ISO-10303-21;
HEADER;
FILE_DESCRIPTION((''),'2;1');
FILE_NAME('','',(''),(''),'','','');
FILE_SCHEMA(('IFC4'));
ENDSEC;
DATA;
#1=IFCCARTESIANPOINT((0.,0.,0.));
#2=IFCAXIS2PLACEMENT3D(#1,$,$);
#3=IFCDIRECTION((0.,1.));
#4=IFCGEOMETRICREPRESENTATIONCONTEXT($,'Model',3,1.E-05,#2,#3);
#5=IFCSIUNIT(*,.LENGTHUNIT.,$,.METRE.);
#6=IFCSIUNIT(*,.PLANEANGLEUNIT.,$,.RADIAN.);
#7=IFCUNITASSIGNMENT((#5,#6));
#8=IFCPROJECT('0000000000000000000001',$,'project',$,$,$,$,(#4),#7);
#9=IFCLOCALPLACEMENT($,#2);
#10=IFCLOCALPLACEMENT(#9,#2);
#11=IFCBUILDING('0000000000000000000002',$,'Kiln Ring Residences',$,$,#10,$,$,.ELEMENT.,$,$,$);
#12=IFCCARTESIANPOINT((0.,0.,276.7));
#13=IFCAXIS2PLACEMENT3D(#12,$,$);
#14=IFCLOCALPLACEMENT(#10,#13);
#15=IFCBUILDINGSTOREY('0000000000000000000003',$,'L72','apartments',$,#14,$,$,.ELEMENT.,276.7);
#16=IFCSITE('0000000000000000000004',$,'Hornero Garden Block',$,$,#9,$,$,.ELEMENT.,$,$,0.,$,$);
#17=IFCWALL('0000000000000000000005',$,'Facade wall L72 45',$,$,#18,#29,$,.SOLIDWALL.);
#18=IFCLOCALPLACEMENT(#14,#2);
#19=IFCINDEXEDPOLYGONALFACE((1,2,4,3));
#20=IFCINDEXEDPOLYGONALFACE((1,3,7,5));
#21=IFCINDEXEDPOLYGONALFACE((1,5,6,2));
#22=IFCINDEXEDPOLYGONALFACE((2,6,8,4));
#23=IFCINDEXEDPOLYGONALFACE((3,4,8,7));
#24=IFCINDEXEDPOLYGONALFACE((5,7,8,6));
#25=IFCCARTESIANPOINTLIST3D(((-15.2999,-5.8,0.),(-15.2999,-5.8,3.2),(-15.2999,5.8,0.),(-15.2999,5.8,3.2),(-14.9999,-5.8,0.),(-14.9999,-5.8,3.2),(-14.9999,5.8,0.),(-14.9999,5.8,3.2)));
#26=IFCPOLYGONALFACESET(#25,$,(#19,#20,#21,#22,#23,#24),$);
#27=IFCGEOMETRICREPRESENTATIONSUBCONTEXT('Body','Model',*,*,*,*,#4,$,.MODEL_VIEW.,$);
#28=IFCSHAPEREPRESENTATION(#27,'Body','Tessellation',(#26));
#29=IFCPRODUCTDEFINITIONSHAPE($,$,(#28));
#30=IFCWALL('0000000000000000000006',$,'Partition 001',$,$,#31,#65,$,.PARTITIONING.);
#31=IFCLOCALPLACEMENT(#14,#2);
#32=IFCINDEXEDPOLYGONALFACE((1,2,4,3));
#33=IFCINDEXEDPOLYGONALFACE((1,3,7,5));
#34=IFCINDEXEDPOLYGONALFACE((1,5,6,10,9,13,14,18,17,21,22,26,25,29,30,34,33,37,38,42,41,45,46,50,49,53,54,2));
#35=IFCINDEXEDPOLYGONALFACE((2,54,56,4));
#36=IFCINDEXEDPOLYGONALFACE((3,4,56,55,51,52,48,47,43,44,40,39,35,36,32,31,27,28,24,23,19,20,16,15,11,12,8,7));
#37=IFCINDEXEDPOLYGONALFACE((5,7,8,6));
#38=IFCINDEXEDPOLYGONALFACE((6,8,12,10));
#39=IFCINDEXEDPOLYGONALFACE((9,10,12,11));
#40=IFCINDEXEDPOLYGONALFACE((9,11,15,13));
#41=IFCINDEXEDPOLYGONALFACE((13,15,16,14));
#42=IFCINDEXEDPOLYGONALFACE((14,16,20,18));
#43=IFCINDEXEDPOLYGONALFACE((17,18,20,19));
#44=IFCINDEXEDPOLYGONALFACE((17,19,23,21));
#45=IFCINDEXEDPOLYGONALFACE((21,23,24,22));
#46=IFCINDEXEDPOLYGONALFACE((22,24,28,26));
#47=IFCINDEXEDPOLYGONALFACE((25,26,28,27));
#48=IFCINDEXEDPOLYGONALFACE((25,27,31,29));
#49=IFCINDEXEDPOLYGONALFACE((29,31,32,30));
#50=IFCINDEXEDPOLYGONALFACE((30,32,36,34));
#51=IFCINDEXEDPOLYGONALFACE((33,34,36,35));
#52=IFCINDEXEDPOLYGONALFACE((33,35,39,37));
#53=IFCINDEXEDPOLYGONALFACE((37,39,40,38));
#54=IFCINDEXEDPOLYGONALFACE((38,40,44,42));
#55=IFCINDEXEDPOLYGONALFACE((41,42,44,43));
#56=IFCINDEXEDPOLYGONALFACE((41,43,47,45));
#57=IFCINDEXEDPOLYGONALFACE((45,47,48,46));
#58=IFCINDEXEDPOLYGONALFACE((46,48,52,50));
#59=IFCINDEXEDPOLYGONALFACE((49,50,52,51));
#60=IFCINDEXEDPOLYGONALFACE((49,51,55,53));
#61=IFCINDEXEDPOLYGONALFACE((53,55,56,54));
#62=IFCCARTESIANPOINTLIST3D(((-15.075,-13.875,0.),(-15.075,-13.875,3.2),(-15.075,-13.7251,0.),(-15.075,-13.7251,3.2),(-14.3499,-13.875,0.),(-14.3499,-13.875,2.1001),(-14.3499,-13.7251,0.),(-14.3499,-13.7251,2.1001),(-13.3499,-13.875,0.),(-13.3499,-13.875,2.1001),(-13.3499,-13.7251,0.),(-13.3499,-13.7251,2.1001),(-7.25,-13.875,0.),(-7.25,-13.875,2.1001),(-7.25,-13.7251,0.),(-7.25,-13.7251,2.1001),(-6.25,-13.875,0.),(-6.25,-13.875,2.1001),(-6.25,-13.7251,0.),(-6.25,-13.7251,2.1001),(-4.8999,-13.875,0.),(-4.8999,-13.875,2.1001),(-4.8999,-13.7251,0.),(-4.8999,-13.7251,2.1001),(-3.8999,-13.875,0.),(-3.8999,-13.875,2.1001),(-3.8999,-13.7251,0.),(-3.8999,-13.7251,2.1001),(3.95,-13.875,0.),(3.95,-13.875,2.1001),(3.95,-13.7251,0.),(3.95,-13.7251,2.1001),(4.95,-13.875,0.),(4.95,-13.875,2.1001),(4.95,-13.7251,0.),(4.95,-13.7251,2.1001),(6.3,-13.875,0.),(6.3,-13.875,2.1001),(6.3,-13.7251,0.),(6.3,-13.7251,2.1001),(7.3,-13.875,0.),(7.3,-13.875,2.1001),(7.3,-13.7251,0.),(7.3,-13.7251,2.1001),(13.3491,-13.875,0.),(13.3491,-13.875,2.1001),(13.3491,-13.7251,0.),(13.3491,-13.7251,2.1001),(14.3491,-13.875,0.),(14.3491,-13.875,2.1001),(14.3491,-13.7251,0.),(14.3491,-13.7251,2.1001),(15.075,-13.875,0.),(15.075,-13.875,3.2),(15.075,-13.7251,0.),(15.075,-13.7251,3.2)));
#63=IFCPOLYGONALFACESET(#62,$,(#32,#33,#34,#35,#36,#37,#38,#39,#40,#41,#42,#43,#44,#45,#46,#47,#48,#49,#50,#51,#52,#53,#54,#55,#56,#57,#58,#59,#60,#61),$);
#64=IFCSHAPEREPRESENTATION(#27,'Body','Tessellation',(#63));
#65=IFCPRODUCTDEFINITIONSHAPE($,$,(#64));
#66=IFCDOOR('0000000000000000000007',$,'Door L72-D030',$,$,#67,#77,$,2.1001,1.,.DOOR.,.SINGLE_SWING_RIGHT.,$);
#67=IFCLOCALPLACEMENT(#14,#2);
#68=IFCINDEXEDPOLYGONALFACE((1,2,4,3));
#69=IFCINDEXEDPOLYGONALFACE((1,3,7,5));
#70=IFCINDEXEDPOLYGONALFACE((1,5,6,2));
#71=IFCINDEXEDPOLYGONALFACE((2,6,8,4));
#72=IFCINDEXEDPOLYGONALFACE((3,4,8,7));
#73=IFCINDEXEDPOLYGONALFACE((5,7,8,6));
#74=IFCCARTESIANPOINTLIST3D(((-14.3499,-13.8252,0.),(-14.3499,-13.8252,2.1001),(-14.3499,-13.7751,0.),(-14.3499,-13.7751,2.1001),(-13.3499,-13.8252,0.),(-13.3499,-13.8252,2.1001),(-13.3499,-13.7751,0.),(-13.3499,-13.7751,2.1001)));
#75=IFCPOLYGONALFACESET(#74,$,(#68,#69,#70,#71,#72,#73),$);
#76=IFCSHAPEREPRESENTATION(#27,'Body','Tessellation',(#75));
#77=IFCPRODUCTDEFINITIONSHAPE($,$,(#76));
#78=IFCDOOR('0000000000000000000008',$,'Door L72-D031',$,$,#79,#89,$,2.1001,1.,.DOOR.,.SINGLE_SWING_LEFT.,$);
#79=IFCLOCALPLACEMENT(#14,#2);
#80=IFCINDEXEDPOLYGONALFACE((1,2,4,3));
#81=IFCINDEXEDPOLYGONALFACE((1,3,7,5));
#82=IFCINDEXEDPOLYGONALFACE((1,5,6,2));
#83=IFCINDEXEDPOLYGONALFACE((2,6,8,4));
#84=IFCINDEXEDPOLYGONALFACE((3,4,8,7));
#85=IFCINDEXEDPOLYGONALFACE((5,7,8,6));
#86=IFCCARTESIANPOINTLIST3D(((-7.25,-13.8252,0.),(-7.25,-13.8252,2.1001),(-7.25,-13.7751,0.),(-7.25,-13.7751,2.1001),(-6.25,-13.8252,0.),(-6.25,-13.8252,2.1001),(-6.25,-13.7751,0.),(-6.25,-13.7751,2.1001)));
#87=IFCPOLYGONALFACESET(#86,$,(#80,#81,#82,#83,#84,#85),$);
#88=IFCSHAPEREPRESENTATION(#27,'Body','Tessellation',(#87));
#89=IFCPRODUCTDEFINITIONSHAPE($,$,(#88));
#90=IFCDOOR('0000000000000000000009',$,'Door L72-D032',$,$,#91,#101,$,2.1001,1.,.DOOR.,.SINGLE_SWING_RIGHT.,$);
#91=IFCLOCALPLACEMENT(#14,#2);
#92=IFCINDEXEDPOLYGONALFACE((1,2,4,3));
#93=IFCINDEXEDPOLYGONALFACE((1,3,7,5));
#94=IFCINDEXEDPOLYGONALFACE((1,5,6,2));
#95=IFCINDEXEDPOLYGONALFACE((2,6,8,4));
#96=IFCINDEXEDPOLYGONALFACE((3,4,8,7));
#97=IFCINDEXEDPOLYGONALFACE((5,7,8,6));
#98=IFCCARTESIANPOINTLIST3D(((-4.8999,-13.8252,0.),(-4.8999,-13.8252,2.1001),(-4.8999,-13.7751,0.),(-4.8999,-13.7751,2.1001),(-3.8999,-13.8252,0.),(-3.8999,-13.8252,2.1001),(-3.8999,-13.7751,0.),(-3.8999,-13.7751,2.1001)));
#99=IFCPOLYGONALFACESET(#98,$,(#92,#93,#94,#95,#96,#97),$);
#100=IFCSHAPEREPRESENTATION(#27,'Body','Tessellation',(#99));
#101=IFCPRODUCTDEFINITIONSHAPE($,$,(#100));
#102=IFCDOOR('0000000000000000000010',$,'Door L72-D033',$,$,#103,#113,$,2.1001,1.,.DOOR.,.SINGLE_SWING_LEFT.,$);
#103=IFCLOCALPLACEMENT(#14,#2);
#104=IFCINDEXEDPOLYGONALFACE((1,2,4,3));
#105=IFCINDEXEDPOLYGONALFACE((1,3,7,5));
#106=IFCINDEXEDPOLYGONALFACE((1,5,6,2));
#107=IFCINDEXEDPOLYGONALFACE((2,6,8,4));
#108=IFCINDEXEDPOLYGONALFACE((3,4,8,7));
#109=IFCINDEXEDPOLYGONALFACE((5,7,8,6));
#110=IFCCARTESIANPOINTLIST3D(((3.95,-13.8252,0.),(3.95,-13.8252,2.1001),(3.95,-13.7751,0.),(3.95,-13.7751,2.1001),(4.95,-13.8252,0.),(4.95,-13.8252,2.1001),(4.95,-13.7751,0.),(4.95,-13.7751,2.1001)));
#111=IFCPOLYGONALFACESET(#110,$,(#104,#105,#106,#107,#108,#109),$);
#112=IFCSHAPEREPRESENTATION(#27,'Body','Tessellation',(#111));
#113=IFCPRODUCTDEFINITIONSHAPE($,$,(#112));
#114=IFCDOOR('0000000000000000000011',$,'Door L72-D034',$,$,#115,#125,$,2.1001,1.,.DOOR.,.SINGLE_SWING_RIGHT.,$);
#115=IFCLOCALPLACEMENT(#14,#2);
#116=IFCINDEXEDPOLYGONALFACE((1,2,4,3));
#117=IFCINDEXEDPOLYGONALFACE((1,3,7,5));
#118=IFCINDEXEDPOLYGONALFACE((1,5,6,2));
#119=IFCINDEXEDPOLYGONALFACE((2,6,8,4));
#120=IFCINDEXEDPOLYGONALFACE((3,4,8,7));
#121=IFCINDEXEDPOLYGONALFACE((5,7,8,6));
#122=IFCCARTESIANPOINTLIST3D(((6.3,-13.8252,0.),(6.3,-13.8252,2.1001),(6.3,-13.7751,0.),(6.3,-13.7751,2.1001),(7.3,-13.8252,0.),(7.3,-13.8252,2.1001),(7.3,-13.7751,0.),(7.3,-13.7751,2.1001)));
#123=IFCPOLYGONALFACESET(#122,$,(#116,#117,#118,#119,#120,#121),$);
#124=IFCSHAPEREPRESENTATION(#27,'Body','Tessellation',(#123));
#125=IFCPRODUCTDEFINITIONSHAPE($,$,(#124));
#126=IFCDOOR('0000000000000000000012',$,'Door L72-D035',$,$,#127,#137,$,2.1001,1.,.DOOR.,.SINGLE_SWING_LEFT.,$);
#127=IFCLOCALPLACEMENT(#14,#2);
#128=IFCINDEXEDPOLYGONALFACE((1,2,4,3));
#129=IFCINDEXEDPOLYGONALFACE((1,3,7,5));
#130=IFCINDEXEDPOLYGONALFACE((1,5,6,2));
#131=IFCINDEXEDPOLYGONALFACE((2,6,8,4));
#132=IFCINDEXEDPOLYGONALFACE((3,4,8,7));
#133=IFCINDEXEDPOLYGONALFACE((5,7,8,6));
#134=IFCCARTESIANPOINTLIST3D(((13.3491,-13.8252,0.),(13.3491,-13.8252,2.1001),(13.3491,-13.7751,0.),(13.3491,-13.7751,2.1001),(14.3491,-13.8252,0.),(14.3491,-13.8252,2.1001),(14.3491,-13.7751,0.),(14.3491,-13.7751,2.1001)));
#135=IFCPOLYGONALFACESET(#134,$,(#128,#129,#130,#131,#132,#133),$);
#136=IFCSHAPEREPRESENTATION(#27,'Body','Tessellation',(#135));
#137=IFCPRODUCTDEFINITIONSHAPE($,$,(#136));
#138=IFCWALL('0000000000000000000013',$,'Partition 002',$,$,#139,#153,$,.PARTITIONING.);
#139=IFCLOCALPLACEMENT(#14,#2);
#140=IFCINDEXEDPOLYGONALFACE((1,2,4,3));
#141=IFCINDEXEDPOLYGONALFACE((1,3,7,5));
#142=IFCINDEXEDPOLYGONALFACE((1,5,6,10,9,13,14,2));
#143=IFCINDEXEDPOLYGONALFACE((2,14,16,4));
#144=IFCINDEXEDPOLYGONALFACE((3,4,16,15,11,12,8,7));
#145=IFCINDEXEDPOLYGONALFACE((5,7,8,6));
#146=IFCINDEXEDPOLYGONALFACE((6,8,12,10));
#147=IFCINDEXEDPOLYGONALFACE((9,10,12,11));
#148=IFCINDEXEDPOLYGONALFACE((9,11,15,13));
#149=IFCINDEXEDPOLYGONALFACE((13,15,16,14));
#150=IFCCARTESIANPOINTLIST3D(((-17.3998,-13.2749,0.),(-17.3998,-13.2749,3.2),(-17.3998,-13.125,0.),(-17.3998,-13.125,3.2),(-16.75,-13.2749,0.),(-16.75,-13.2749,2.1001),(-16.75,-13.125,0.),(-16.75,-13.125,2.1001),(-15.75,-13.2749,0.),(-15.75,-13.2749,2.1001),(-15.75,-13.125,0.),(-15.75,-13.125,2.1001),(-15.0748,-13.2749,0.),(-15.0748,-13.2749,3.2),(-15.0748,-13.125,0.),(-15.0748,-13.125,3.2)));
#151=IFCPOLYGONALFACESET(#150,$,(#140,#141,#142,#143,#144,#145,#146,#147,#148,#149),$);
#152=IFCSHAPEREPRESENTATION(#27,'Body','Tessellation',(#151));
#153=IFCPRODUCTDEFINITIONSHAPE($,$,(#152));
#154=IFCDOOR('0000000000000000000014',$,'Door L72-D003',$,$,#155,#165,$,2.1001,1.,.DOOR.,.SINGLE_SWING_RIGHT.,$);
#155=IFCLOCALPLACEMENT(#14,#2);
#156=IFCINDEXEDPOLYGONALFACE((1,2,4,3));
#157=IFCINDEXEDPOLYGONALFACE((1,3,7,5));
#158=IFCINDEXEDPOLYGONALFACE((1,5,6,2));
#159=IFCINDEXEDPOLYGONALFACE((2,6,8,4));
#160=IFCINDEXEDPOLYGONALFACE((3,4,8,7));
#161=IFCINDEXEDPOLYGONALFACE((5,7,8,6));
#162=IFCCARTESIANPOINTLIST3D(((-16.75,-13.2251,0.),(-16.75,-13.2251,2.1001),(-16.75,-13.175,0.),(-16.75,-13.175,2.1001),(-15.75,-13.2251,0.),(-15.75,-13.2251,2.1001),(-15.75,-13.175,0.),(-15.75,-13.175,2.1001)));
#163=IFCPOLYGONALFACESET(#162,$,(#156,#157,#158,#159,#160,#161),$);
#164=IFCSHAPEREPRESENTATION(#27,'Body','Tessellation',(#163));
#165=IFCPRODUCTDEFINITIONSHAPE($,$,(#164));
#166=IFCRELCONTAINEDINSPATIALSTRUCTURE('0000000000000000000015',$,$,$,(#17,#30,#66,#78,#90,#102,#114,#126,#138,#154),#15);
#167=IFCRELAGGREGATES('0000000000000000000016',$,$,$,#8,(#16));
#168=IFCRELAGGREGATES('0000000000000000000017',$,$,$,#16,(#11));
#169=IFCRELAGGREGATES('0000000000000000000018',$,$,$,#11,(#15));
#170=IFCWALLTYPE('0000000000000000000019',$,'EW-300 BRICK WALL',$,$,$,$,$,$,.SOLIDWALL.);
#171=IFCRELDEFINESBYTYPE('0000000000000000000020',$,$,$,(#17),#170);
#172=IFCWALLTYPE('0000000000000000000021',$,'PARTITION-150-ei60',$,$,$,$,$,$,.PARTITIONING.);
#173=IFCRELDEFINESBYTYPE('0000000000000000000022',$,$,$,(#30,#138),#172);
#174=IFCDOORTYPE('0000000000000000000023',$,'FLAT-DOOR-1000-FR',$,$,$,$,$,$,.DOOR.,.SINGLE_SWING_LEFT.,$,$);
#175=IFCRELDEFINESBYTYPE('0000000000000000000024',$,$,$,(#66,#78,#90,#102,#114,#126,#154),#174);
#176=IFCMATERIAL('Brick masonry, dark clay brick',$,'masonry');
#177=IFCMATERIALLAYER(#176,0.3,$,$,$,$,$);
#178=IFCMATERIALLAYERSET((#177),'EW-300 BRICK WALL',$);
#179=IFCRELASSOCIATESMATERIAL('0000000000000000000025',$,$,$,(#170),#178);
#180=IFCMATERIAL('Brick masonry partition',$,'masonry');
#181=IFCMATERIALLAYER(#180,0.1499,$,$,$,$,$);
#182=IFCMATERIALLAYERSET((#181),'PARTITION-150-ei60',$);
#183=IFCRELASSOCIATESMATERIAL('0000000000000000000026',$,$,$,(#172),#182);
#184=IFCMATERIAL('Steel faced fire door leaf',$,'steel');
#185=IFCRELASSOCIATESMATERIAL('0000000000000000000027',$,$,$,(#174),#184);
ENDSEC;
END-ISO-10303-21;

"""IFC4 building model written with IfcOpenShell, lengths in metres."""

from ifc_helpers import new_model, si_unit, direction, frame, frame_2d, origin, place, context, subcontext, project, spatial, rectangle, extrude, material, layer, layer_set, type_object, element, fill, save


model = new_model("IFC4")

# Units and contexts
model_context = context("Model", 3, precision=1e-05, world=origin(), true_north=direction((0.0, 1.0)))
body_context = subcontext(model_context, "Body", "Model", "MODEL_VIEW")
ifc_project = project(units=[si_unit("LENGTHUNIT", "METRE"), si_unit("PLANEANGLEUNIT", "RADIAN")], contexts=[model_context])

# Site, building, storey
site_placement = place(None, origin())
site = spatial("IfcSite", under=ifc_project, at=site_placement, Name="Hornero Garden Block", CompositionType="ELEMENT", RefElevation=0.0)
building_placement = place(site_placement, origin())
building = spatial("IfcBuilding", under=site, at=building_placement, Name="Kiln Ring Residences", CompositionType="ELEMENT")
storey_placement = place(building_placement, frame((0.0, 0.0, 276.7)))
storey = spatial("IfcBuildingStorey", under=building, at=storey_placement, Name="L72", Description="apartments", CompositionType="ELEMENT", Elevation=276.7)

# Wall
ifc_material_1 = material(Name="Brick masonry, dark clay brick", Category="masonry")
ifc_layer_1 = layer(ifc_material_1, 0.3)
ifc_layer_set_1 = layer_set([ifc_layer_1], Name="EW-300 BRICK WALL")
wall_type_1 = type_object("IfcWallType", Name="EW-300 BRICK WALL", PredefinedType="SOLIDWALL", material=ifc_layer_set_1)
wall_1_placement = place(storey_placement, frame((-15.1499, -5.8, 0.0), z_axis=(0.0, 0.0, 1.0), x_axis=(0.0, 1.0, 0.0)))
element("IfcWall", 1, at=wall_1_placement, inside=storey, type_object=wall_type_1, Name="Facade wall L72 45", PredefinedType="SOLIDWALL", context=body_context, shape_type="SweptSolid", body=[
    extrude(rectangle(XDim=11.6001, YDim=0.3, at=frame_2d((5.8, 0.0))), origin(), (0.0, 0.0, 1.0), 3.2),
])

# Wall, openings, doors
ifc_material_2 = material(Name="Brick masonry partition", Category="masonry")
ifc_layer_2 = layer(ifc_material_2, 0.1499)
ifc_layer_set_2 = layer_set([ifc_layer_2], Name="PARTITION-150-ei60")
wall_type_2 = type_object("IfcWallType", Name="PARTITION-150-ei60", PredefinedType="PARTITIONING", material=ifc_layer_set_2)
wall_2_placement = place(storey_placement, frame((-15.075, -13.8, 0.0), z_axis=(0.0, 0.0, 1.0), x_axis=(1.0, 0.0, 0.0)))
wall_2 = element("IfcWall", 2, at=wall_2_placement, inside=storey, type_object=wall_type_2, Name="Partition 001", PredefinedType="PARTITIONING", context=body_context, shape_type="SweptSolid", body=[
    extrude(rectangle(XDim=30.1499, YDim=0.1499, at=frame_2d((15.075, 0.0))), origin(), (0.0, 0.0, 1.0), 3.2),
])
opening_1_placement = place(wall_2_placement, frame((0.7251, 0.0, 0.0)))
opening_1 = element("IfcOpeningElement", 3, at=opening_1_placement, cuts=wall_2, PredefinedType="OPENING", context=body_context, shape_type="SweptSolid", body=[
    extrude(rectangle(XDim=1.0, YDim=2.1001, at=frame_2d((0.5, 1.05))), frame((0.0, 0.085, 0.0), z_axis=(0.0, -1.0, 0.0), x_axis=(1.0, 0.0, 0.0)), (0.0, 0.0, 1.0), 0.1699),
])
opening_2_placement = place(wall_2_placement, frame((7.825, 0.0, 0.0)))
opening_2 = element("IfcOpeningElement", 4, at=opening_2_placement, cuts=wall_2, PredefinedType="OPENING", context=body_context, shape_type="SweptSolid", body=[
    extrude(rectangle(XDim=1.0, YDim=2.1001, at=frame_2d((0.5, 1.05))), frame((0.0, 0.085, 0.0), z_axis=(0.0, -1.0, 0.0), x_axis=(1.0, 0.0, 0.0)), (0.0, 0.0, 1.0), 0.1699),
])
opening_3_placement = place(wall_2_placement, frame((10.175, 0.0, 0.0)))
opening_3 = element("IfcOpeningElement", 5, at=opening_3_placement, cuts=wall_2, PredefinedType="OPENING", context=body_context, shape_type="SweptSolid", body=[
    extrude(rectangle(XDim=1.0, YDim=2.1001, at=frame_2d((0.5, 1.05))), frame((0.0, 0.085, 0.0), z_axis=(0.0, -1.0, 0.0), x_axis=(1.0, 0.0, 0.0)), (0.0, 0.0, 1.0), 0.1699),
])
opening_4_placement = place(wall_2_placement, frame((19.0249, 0.0, 0.0)))
opening_4 = element("IfcOpeningElement", 6, at=opening_4_placement, cuts=wall_2, PredefinedType="OPENING", context=body_context, shape_type="SweptSolid", body=[
    extrude(rectangle(XDim=1.0, YDim=2.1001, at=frame_2d((0.5, 1.05))), frame((0.0, 0.085, 0.0), z_axis=(0.0, -1.0, 0.0), x_axis=(1.0, 0.0, 0.0)), (0.0, 0.0, 1.0), 0.1699),
])
opening_5_placement = place(wall_2_placement, frame((21.375, 0.0, 0.0)))
opening_5 = element("IfcOpeningElement", 7, at=opening_5_placement, cuts=wall_2, PredefinedType="OPENING", context=body_context, shape_type="SweptSolid", body=[
    extrude(rectangle(XDim=1.0, YDim=2.1001, at=frame_2d((0.5, 1.05))), frame((0.0, 0.085, 0.0), z_axis=(0.0, -1.0, 0.0), x_axis=(1.0, 0.0, 0.0)), (0.0, 0.0, 1.0), 0.1699),
])
opening_6_placement = place(wall_2_placement, frame((28.4241, 0.0, 0.0)))
opening_6 = element("IfcOpeningElement", 8, at=opening_6_placement, cuts=wall_2, PredefinedType="OPENING", context=body_context, shape_type="SweptSolid", body=[
    extrude(rectangle(XDim=1.0, YDim=2.1001, at=frame_2d((0.5, 1.05))), frame((0.0, 0.085, 0.0), z_axis=(0.0, -1.0, 0.0), x_axis=(1.0, 0.0, 0.0)), (0.0, 0.0, 1.0), 0.1699),
])
ifc_material_3 = material(Name="Steel faced fire door leaf", Category="steel")
door_type_1 = type_object("IfcDoorType", Name="FLAT-DOOR-1000-FR", OperationType="SINGLE_SWING_LEFT", PredefinedType="DOOR", material=ifc_material_3)
door_1_placement = place(opening_1_placement, origin())
door_1 = element("IfcDoor", 9, at=door_1_placement, inside=storey, type_object=door_type_1, Name="Door L72-D030", OperationType="SINGLE_SWING_RIGHT", OverallHeight=2.1001, OverallWidth=1.0, PredefinedType="DOOR", context=body_context, shape_type="SweptSolid", body=[
    extrude(rectangle(XDim=1.0, YDim=2.1001, at=frame_2d((0.5, 1.05))), frame((0.0, 0.0249, 0.0), z_axis=(0.0, -1.0, 0.0), x_axis=(1.0, 0.0, 0.0)), (0.0, 0.0, 1.0), 0.05),
])
fill(opening_1, door_1)
door_2_placement = place(opening_2_placement, origin())
door_2 = element("IfcDoor", 10, at=door_2_placement, inside=storey, type_object=door_type_1, Name="Door L72-D031", OperationType="SINGLE_SWING_LEFT", OverallHeight=2.1001, OverallWidth=1.0, PredefinedType="DOOR", context=body_context, shape_type="SweptSolid", body=[
    extrude(rectangle(XDim=1.0, YDim=2.1001, at=frame_2d((0.5, 1.05))), frame((0.0, 0.0249, 0.0), z_axis=(0.0, -1.0, 0.0), x_axis=(1.0, 0.0, 0.0)), (0.0, 0.0, 1.0), 0.05),
])
fill(opening_2, door_2)
door_3_placement = place(opening_3_placement, origin())
door_3 = element("IfcDoor", 11, at=door_3_placement, inside=storey, type_object=door_type_1, Name="Door L72-D032", OperationType="SINGLE_SWING_RIGHT", OverallHeight=2.1001, OverallWidth=1.0, PredefinedType="DOOR", context=body_context, shape_type="SweptSolid", body=[
    extrude(rectangle(XDim=1.0, YDim=2.1001, at=frame_2d((0.5, 1.05))), frame((0.0, 0.0249, 0.0), z_axis=(0.0, -1.0, 0.0), x_axis=(1.0, 0.0, 0.0)), (0.0, 0.0, 1.0), 0.05),
])
fill(opening_3, door_3)
door_4_placement = place(opening_4_placement, origin())
door_4 = element("IfcDoor", 12, at=door_4_placement, inside=storey, type_object=door_type_1, Name="Door L72-D033", OperationType="SINGLE_SWING_LEFT", OverallHeight=2.1001, OverallWidth=1.0, PredefinedType="DOOR", context=body_context, shape_type="SweptSolid", body=[
    extrude(rectangle(XDim=1.0, YDim=2.1001, at=frame_2d((0.5, 1.05))), frame((0.0, 0.0249, 0.0), z_axis=(0.0, -1.0, 0.0), x_axis=(1.0, 0.0, 0.0)), (0.0, 0.0, 1.0), 0.05),
])
fill(opening_4, door_4)
door_5_placement = place(opening_5_placement, origin())
door_5 = element("IfcDoor", 13, at=door_5_placement, inside=storey, type_object=door_type_1, Name="Door L72-D034", OperationType="SINGLE_SWING_RIGHT", OverallHeight=2.1001, OverallWidth=1.0, PredefinedType="DOOR", context=body_context, shape_type="SweptSolid", body=[
    extrude(rectangle(XDim=1.0, YDim=2.1001, at=frame_2d((0.5, 1.05))), frame((0.0, 0.0249, 0.0), z_axis=(0.0, -1.0, 0.0), x_axis=(1.0, 0.0, 0.0)), (0.0, 0.0, 1.0), 0.05),
])
fill(opening_5, door_5)
door_6_placement = place(opening_6_placement, origin())
door_6 = element("IfcDoor", 14, at=door_6_placement, inside=storey, type_object=door_type_1, Name="Door L72-D035", OperationType="SINGLE_SWING_LEFT", OverallHeight=2.1001, OverallWidth=1.0, PredefinedType="DOOR", context=body_context, shape_type="SweptSolid", body=[
    extrude(rectangle(XDim=1.0, YDim=2.1001, at=frame_2d((0.5, 1.05))), frame((0.0, 0.0249, 0.0), z_axis=(0.0, -1.0, 0.0), x_axis=(1.0, 0.0, 0.0)), (0.0, 0.0, 1.0), 0.05),
])
fill(opening_6, door_6)

# Wall, opening, door
wall_3_placement = place(storey_placement, frame((-17.3999, -13.2, 0.0), z_axis=(0.0, 0.0, 1.0), x_axis=(1.0, 0.0, 0.0)))
wall_3 = element("IfcWall", 15, at=wall_3_placement, inside=storey, type_object=wall_type_2, Name="Partition 002", PredefinedType="PARTITIONING", context=body_context, shape_type="SweptSolid", body=[
    extrude(rectangle(XDim=2.325, YDim=0.1499, at=frame_2d((1.1626, 0.0))), origin(), (0.0, 0.0, 1.0), 3.2),
])
opening_7_placement = place(wall_3_placement, frame((0.6499, 0.0, 0.0)))
opening_7 = element("IfcOpeningElement", 16, at=opening_7_placement, cuts=wall_3, PredefinedType="OPENING", context=body_context, shape_type="SweptSolid", body=[
    extrude(rectangle(XDim=1.0, YDim=2.1001, at=frame_2d((0.5, 1.05))), frame((0.0, 0.085, 0.0), z_axis=(0.0, -1.0, 0.0), x_axis=(1.0, 0.0, 0.0)), (0.0, 0.0, 1.0), 0.1699),
])
door_7_placement = place(opening_7_placement, origin())
door_7 = element("IfcDoor", 17, at=door_7_placement, inside=storey, type_object=door_type_1, Name="Door L72-D003", OperationType="SINGLE_SWING_RIGHT", OverallHeight=2.1001, OverallWidth=1.0, PredefinedType="DOOR", context=body_context, shape_type="SweptSolid", body=[
    extrude(rectangle(XDim=1.0, YDim=2.1001, at=frame_2d((0.5, 1.05))), frame((0.0, 0.0249, 0.0), z_axis=(0.0, -1.0, 0.0), x_axis=(1.0, 0.0, 0.0)), (0.0, 0.0, 1.0), 0.05),
])
fill(opening_7, door_7)

save(model, "model.ifc")
